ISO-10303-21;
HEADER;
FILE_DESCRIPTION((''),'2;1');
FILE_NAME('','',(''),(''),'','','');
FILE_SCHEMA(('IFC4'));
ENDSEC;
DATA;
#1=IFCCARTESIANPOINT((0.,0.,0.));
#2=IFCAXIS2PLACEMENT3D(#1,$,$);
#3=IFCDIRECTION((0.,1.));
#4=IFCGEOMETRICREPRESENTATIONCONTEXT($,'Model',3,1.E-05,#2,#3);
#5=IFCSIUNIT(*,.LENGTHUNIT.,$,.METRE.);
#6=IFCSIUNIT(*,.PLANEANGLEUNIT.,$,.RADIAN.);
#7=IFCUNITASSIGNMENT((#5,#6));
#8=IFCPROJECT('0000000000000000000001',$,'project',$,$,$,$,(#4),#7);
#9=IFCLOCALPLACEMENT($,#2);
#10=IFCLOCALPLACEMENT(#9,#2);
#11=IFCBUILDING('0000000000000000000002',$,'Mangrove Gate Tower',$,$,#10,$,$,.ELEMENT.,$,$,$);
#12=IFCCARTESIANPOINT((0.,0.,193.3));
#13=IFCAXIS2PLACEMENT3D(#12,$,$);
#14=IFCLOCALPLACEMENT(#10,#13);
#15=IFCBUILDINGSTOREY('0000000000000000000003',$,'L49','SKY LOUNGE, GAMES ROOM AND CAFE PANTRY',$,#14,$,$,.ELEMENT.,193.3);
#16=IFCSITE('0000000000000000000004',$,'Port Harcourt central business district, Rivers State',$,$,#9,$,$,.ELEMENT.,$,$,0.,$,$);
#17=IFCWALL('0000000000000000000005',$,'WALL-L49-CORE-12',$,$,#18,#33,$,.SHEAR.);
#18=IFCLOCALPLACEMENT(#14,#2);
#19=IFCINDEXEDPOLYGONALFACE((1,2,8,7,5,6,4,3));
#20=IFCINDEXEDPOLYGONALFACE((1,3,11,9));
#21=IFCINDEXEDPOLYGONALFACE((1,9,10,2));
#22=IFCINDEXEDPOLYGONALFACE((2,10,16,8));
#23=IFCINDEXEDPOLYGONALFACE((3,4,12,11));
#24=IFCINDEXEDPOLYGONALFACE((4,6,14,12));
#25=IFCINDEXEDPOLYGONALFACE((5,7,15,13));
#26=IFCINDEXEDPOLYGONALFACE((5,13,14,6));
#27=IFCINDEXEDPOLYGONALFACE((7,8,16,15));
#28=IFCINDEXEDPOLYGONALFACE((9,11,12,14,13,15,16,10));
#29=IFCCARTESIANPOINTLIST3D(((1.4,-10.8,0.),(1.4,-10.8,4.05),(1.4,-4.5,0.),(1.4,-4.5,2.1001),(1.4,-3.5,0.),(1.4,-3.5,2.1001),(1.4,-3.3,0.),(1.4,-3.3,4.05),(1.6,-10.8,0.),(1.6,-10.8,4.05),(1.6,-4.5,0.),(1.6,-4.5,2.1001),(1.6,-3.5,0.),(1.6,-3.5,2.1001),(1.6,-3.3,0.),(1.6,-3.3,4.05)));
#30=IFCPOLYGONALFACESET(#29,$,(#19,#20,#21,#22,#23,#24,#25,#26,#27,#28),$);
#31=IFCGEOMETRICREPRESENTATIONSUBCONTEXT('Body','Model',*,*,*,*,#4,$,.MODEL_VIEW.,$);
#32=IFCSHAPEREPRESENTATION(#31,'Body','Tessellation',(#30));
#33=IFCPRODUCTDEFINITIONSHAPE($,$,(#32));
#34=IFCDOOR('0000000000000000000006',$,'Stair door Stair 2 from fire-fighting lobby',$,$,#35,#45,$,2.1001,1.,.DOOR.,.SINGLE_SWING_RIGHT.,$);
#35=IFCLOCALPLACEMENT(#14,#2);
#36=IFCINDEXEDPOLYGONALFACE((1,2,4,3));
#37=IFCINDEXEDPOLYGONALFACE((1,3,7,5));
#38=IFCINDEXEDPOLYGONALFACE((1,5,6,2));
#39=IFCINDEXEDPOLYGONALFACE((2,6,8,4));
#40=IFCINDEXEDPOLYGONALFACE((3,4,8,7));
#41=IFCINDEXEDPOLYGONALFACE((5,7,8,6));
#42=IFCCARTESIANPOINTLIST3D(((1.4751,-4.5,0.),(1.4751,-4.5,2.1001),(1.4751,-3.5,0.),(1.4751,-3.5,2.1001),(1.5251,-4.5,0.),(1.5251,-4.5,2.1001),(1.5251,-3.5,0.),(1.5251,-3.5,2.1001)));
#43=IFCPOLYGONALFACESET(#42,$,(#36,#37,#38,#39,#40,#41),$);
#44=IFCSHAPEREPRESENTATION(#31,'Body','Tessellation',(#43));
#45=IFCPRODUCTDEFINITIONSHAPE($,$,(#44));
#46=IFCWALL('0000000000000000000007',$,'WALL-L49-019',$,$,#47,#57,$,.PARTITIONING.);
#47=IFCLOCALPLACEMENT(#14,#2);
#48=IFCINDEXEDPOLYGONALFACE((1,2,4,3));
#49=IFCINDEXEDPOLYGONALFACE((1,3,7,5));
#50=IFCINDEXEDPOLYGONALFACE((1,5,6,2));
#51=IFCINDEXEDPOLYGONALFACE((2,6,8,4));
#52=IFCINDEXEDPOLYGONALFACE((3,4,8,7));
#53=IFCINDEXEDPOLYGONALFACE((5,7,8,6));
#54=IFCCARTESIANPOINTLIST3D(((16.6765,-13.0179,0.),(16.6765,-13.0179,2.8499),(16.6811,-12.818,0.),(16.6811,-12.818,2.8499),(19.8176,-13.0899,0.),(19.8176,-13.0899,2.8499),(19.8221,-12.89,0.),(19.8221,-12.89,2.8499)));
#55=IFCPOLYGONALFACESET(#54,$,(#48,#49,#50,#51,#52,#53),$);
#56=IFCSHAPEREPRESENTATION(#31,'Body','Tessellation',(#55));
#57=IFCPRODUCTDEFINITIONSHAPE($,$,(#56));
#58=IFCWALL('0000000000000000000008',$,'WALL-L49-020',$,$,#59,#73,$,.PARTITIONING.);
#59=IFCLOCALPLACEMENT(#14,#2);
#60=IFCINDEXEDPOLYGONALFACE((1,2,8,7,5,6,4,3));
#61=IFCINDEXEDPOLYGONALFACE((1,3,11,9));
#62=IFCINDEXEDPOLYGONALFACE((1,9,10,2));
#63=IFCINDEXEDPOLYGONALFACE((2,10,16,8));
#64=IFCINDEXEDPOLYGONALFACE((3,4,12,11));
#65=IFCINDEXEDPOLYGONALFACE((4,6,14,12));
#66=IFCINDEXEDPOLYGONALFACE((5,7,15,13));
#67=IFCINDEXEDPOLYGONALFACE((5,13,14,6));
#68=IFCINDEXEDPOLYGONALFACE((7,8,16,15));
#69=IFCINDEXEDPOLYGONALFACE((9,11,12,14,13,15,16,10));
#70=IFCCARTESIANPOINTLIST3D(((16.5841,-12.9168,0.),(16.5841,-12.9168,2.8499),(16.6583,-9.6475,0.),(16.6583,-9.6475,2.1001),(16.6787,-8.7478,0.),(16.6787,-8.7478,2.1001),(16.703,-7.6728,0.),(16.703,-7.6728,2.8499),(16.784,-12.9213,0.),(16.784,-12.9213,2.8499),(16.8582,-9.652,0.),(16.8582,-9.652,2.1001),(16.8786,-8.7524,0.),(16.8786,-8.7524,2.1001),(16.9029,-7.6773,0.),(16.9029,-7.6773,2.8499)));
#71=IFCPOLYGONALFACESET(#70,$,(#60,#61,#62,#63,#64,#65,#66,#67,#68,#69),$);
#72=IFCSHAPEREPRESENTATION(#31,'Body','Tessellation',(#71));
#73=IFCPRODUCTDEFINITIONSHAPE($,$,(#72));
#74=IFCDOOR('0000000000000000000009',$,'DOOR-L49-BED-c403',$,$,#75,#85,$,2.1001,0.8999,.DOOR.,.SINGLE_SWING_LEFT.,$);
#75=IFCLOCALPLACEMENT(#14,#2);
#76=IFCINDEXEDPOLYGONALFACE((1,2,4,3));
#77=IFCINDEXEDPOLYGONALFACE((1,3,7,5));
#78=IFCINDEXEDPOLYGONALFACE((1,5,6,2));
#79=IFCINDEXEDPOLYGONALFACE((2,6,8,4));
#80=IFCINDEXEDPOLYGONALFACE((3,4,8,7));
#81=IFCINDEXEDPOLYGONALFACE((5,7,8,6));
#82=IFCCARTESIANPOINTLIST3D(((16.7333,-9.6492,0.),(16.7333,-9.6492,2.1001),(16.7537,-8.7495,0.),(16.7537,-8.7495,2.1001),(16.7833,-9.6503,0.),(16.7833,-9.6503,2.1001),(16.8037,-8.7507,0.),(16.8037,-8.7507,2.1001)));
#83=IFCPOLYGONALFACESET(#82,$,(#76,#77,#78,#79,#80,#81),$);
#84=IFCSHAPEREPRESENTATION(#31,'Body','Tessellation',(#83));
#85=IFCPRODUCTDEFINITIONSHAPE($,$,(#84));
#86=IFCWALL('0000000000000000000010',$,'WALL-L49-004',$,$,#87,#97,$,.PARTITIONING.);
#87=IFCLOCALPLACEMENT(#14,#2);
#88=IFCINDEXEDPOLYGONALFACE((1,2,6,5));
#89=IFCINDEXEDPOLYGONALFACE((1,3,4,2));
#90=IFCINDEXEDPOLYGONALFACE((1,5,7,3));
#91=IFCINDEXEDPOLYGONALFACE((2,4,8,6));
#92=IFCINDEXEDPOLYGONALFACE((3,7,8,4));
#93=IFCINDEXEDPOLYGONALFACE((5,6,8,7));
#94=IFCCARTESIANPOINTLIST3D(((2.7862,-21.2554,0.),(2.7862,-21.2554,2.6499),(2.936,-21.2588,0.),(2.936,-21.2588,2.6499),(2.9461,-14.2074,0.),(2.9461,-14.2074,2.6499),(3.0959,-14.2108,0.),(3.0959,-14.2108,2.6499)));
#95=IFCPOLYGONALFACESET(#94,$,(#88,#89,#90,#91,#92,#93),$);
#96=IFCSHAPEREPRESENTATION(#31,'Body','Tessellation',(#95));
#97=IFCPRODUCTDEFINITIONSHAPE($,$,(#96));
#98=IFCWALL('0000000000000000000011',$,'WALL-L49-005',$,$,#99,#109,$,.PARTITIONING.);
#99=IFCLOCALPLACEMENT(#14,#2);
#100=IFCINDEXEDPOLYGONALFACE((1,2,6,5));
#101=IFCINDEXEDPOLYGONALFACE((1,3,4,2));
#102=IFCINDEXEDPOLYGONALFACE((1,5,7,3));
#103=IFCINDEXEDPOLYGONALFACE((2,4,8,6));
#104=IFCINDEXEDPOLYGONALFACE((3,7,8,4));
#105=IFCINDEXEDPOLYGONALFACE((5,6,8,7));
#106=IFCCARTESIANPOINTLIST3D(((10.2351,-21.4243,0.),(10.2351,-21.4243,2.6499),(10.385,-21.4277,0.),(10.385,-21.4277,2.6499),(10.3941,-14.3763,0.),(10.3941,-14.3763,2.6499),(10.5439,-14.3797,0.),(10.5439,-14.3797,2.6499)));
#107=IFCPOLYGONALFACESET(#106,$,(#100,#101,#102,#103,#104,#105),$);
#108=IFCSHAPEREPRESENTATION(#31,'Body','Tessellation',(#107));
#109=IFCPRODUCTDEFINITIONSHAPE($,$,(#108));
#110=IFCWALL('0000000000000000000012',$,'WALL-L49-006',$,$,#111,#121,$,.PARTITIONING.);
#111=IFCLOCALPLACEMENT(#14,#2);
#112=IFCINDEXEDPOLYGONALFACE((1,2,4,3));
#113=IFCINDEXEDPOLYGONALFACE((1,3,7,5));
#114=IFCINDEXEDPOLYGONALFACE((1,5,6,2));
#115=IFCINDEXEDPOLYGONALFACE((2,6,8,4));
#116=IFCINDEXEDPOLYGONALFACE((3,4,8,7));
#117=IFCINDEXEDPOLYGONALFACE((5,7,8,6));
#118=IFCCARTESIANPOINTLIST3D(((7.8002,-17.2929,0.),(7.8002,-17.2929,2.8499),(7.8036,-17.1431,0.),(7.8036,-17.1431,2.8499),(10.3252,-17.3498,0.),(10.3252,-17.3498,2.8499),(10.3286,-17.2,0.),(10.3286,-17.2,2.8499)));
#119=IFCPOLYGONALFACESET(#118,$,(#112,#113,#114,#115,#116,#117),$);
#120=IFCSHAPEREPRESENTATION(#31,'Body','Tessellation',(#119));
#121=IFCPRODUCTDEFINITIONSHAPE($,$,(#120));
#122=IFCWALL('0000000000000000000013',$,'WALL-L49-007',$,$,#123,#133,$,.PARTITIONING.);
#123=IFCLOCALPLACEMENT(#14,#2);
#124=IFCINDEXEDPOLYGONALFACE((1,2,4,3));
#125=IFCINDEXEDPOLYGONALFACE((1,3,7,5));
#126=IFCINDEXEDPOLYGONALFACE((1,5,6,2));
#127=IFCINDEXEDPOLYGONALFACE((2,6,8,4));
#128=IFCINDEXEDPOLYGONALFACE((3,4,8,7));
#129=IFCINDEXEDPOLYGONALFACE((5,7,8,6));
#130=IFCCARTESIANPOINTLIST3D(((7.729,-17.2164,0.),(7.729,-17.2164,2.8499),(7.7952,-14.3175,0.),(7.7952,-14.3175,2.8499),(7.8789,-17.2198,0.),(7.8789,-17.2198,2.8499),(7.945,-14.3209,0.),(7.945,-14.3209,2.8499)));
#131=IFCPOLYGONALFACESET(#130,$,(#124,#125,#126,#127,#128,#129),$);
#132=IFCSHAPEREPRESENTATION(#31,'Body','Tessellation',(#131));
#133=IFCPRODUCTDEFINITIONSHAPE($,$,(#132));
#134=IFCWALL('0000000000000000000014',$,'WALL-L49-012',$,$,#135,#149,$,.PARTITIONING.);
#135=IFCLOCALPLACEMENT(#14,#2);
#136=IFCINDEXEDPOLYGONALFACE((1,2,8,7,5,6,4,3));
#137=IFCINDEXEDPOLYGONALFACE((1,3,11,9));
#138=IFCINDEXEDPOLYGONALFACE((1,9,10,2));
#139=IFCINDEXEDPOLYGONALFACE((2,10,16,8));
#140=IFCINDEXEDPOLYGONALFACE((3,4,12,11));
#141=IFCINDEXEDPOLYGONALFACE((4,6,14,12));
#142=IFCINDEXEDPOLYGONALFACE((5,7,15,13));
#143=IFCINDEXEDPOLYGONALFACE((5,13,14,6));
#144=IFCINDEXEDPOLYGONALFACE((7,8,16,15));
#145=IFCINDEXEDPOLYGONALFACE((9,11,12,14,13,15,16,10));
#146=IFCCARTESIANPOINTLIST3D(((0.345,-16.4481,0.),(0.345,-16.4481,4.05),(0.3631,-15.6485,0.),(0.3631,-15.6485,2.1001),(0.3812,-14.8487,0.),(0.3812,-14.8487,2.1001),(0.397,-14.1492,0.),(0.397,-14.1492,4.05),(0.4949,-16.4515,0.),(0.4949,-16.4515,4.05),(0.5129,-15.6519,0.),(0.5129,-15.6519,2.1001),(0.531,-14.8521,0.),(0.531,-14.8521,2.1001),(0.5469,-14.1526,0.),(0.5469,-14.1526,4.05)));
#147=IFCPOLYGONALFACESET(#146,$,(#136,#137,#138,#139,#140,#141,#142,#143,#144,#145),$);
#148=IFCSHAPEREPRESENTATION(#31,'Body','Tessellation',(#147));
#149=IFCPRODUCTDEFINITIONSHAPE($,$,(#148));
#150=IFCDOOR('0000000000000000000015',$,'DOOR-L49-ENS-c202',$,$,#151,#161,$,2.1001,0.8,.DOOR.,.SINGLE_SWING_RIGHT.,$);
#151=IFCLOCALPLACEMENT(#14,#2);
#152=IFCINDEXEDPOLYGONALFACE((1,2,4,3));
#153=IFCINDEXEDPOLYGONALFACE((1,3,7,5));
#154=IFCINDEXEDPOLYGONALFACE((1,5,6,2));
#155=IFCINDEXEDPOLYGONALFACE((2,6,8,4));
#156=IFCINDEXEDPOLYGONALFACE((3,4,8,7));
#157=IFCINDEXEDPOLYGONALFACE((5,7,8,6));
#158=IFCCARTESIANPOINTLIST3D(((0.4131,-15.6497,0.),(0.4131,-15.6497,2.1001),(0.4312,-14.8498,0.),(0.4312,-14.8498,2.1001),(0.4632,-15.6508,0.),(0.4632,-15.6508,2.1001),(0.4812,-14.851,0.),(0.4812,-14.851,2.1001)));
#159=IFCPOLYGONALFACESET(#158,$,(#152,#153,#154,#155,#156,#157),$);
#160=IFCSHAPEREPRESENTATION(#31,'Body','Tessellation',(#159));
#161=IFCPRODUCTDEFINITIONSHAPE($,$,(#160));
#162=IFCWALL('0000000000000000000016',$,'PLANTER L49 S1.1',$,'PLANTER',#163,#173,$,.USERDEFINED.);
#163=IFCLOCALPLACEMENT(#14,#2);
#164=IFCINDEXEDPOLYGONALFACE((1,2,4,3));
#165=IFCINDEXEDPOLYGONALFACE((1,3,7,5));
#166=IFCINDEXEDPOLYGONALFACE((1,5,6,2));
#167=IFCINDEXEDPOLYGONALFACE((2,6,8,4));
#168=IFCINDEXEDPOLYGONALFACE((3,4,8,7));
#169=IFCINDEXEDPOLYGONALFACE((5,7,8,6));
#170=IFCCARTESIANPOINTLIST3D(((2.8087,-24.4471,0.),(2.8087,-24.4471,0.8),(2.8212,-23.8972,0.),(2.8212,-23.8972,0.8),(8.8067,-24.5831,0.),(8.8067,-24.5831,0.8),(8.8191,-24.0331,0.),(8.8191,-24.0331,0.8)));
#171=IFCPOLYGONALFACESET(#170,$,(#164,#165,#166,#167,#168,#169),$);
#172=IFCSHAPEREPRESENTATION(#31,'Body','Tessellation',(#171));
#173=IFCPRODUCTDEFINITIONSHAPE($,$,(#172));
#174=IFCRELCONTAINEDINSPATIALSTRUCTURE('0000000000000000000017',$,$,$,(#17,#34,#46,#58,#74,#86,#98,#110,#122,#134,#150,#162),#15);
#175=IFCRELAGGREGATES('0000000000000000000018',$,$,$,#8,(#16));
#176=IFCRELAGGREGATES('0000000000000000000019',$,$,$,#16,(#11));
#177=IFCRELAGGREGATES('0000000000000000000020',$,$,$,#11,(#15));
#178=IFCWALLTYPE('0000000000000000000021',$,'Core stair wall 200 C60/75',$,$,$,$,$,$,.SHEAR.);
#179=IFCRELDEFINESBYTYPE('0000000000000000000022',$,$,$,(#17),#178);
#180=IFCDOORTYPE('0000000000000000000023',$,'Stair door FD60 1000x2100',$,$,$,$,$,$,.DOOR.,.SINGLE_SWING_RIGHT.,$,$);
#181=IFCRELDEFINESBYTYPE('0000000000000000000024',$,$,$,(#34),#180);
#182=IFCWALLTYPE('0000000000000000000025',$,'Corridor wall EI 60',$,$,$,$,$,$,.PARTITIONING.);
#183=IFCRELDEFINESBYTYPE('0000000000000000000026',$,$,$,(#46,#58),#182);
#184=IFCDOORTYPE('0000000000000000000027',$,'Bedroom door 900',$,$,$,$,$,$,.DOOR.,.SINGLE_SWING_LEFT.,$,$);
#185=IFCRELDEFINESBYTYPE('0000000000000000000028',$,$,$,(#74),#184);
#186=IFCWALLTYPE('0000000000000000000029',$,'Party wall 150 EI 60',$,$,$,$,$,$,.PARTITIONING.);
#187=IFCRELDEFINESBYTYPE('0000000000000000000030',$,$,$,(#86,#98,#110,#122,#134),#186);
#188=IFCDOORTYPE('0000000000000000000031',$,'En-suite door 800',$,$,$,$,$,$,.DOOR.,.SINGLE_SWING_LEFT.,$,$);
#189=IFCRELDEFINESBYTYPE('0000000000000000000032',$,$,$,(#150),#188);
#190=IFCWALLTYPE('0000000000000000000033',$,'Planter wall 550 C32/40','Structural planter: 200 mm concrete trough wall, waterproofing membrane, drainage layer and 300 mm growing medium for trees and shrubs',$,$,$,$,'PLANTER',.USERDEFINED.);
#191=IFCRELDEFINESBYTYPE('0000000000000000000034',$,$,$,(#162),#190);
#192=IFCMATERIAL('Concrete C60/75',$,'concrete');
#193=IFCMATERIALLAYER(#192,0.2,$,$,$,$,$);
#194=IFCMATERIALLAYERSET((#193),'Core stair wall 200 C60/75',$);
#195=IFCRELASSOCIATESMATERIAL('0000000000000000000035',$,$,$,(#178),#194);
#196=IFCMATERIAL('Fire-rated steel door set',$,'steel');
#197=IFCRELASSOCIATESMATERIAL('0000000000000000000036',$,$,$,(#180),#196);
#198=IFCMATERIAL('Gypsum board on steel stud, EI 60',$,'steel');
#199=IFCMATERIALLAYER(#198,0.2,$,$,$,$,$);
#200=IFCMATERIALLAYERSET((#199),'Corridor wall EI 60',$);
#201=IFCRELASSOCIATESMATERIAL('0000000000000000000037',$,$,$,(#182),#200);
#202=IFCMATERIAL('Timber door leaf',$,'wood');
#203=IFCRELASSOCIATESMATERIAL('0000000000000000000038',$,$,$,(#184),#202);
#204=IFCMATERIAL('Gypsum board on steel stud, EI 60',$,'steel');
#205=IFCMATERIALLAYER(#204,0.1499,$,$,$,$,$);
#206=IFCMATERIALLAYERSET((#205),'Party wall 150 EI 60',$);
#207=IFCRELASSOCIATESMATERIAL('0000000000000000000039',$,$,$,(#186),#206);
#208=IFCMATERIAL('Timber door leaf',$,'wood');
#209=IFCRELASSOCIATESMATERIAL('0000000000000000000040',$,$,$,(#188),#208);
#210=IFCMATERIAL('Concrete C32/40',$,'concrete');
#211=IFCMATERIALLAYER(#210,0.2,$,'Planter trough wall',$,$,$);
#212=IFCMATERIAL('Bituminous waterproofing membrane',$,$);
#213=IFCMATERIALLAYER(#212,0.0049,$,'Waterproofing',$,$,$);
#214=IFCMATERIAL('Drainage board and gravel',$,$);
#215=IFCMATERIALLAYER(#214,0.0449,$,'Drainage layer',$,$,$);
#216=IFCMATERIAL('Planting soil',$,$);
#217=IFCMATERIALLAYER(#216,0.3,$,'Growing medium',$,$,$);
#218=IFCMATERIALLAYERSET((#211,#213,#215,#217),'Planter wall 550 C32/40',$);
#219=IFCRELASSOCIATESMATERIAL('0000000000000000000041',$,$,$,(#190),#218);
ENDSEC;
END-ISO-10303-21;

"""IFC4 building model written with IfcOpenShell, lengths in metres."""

from ifc_helpers import new_model, si_unit, direction, frame, frame_2d, origin, place, context, subcontext, project, spatial, rectangle, extrude, material, layer, layer_set, type_object, element, fill, save


model = new_model("IFC4")

# Units and contexts
model_context = context("Model", 3, precision=1e-05, world=origin(), true_north=direction((0.0, 1.0)))
body_context = subcontext(model_context, "Body", "Model", "MODEL_VIEW")
ifc_project = project(units=[si_unit("LENGTHUNIT", "METRE"), si_unit("PLANEANGLEUNIT", "RADIAN")], contexts=[model_context])

# Site, building, storey
site_placement = place(None, origin())
site = spatial("IfcSite", under=ifc_project, at=site_placement, Name="Port Harcourt central business district, Rivers State", CompositionType="ELEMENT", RefElevation=0.0)
building_placement = place(site_placement, origin())
building = spatial("IfcBuilding", under=site, at=building_placement, Name="Mangrove Gate Tower", CompositionType="ELEMENT")
storey_placement = place(building_placement, frame((0.0, 0.0, 193.3)))
storey = spatial("IfcBuildingStorey", under=building, at=storey_placement, Name="L49", Description="SKY LOUNGE, GAMES ROOM AND CAFE PANTRY", CompositionType="ELEMENT", Elevation=193.3)

# Wall, opening, door
ifc_material_1 = material(Name="Concrete C60/75", Category="concrete")
ifc_layer_1 = layer(ifc_material_1, 0.2)
ifc_layer_set_1 = layer_set([ifc_layer_1], Name="Core stair wall 200 C60/75")
wall_type_1 = type_object("IfcWallType", Name="Core stair wall 200 C60/75", PredefinedType="SHEAR", material=ifc_layer_set_1)
wall_1_placement = place(storey_placement, frame((1.5, -10.8, 0.0), z_axis=(0.0, 0.0, 1.0), x_axis=(0.0, 1.0, 0.0)))
wall_1 = element("IfcWall", 1, at=wall_1_placement, inside=storey, type_object=wall_type_1, Name="WALL-L49-CORE-12", PredefinedType="SHEAR", context=body_context, shape_type="SweptSolid", body=[
    extrude(rectangle(XDim=7.5, YDim=0.2, at=frame_2d((3.75, 0.0))), origin(), (0.0, 0.0, 1.0), 4.05),
])
opening_1_placement = place(wall_1_placement, frame((6.3, 0.0, 0.0)))
opening_1 = element("IfcOpeningElement", 2, at=opening_1_placement, cuts=wall_1, PredefinedType="OPENING", context=body_context, shape_type="SweptSolid", body=[
    extrude(rectangle(XDim=1.0, YDim=2.1001, at=frame_2d((0.5, 1.05))), frame((0.0, 0.1099, 0.0), z_axis=(0.0, -1.0, 0.0), x_axis=(1.0, 0.0, 0.0)), (0.0, 0.0, 1.0), 0.22),
])
ifc_material_2 = material(Name="Fire-rated steel door set", Category="steel")
door_type_1 = type_object("IfcDoorType", Name="Stair door FD60 1000x2100", OperationType="SINGLE_SWING_RIGHT", PredefinedType="DOOR", material=ifc_material_2)
door_1_placement = place(opening_1_placement, origin())
door_1 = element("IfcDoor", 3, at=door_1_placement, inside=storey, type_object=door_type_1, Name="Stair door Stair 2 from fire-fighting lobby", OperationType="SINGLE_SWING_RIGHT", OverallHeight=2.1001, OverallWidth=1.0, PredefinedType="DOOR", context=body_context, shape_type="SweptSolid", body=[
    extrude(rectangle(XDim=1.0, YDim=2.1001, at=frame_2d((0.5, 1.05))), frame((0.0, 0.0249, 0.0), z_axis=(0.0, -1.0, 0.0), x_axis=(1.0, 0.0, 0.0)), (0.0, 0.0, 1.0), 0.05),
])
fill(opening_1, door_1)

# Wall
ifc_material_3 = material(Name="Gypsum board on steel stud, EI 60", Category="steel")
ifc_layer_2 = layer(ifc_material_3, 0.2)
ifc_layer_set_2 = layer_set([ifc_layer_2], Name="Corridor wall EI 60")
wall_type_2 = type_object("IfcWallType", Name="Corridor wall EI 60", PredefinedType="PARTITIONING", material=ifc_layer_set_2)
wall_2_placement = place(storey_placement, frame((16.679, -12.918, 0.0), z_axis=(0.0, 0.0, 1.0), x_axis=(0.999737, -0.022923, 0.0)))
element("IfcWall", 4, at=wall_2_placement, inside=storey, type_object=wall_type_2, Name="WALL-L49-019", PredefinedType="PARTITIONING", context=body_context, shape_type="SweptSolid", body=[
    extrude(rectangle(XDim=3.1418, YDim=0.2, at=frame_2d((1.5708, 0.0))), origin(), (0.0, 0.0, 1.0), 2.8499),
])

# Wall, opening, door
wall_3_placement = place(storey_placement, frame((16.6841, -12.9189, 0.0), z_axis=(0.0, 0.0, 1.0), x_axis=(0.022667, 0.999743, 0.0)))
wall_3 = element("IfcWall", 5, at=wall_3_placement, inside=storey, type_object=wall_type_2, Name="WALL-L49-020", PredefinedType="PARTITIONING", context=body_context, shape_type="SweptSolid", body=[
    extrude(rectangle(XDim=5.2454, YDim=0.2, at=frame_2d((2.6226, 0.0))), origin(), (0.0, 0.0, 1.0), 2.8499),
])
opening_2_placement = place(wall_3_placement, frame((3.27, 0.0, 0.0)))
opening_2 = element("IfcOpeningElement", 6, at=opening_2_placement, cuts=wall_3, PredefinedType="OPENING", context=body_context, shape_type="SweptSolid", body=[
    extrude(rectangle(XDim=0.8999, YDim=2.1001, at=frame_2d((0.45, 1.05))), frame((0.0, 0.1099, 0.0), z_axis=(0.0, -1.0, 0.0), x_axis=(1.0, 0.0, 0.0)), (0.0, 0.0, 1.0), 0.22),
])
ifc_material_4 = material(Name="Timber door leaf", Category="wood")
door_type_2 = type_object("IfcDoorType", Name="Bedroom door 900", OperationType="SINGLE_SWING_LEFT", PredefinedType="DOOR", material=ifc_material_4)
door_2_placement = place(opening_2_placement, origin())
door_2 = element("IfcDoor", 7, at=door_2_placement, inside=storey, type_object=door_type_2, Name="DOOR-L49-BED-c403", OperationType="SINGLE_SWING_LEFT", OverallHeight=2.1001, OverallWidth=0.8999, PredefinedType="DOOR", context=body_context, shape_type="SweptSolid", body=[
    extrude(rectangle(XDim=0.8999, YDim=2.1001, at=frame_2d((0.45, 1.05))), frame((0.0, 0.0249, 0.0), z_axis=(0.0, -1.0, 0.0), x_axis=(1.0, 0.0, 0.0)), (0.0, 0.0, 1.0), 0.05),
])
fill(opening_2, door_2)

# Walls
ifc_material_5 = material(Name="Gypsum board on steel stud, EI 60", Category="steel")
ifc_layer_3 = layer(ifc_material_5, 0.1499)
ifc_layer_set_3 = layer_set([ifc_layer_3], Name="Party wall 150 EI 60")
wall_type_3 = type_object("IfcWallType", Name="Party wall 150 EI 60", PredefinedType="PARTITIONING", material=ifc_layer_set_3)
for number, where, z_axis, x_axis, name in (
    (8, (2.8611, -21.2571, 0.0), (0.0, 0.0, 1.0), (0.022683, 0.999743, 0.0), "WALL-L49-004"),
    (9, (10.3101, -21.426, 0.0), (0.0, 0.0, 1.0), (0.022544, 0.999746, 0.0), "WALL-L49-005"),
):
    element("IfcWall", number, at=place(storey_placement, frame(where, z_axis=z_axis, x_axis=x_axis)), inside=storey, type_object=wall_type_3, Name=name, PredefinedType="PARTITIONING", context=body_context, shape_type="SweptSolid", body=[
        extrude(rectangle(XDim=7.0498, YDim=0.1499, at=frame_2d((3.5249, 0.0))), origin(), (0.0, 0.0, 1.0), 2.6499),
    ])
wall_4_placement = place(storey_placement, frame((7.802, -17.218, 0.0), z_axis=(0.0, 0.0, 1.0), x_axis=(0.999746, -0.022524, 0.0)))
element("IfcWall", 10, at=wall_4_placement, inside=storey, type_object=wall_type_3, Name="WALL-L49-006", PredefinedType="PARTITIONING", context=body_context, shape_type="SweptSolid", body=[
    extrude(rectangle(XDim=2.5256, YDim=0.1499, at=frame_2d((1.2627, 0.0))), origin(), (0.0, 0.0, 1.0), 2.8499),
])
wall_5_placement = place(storey_placement, frame((7.804, -17.218, 0.0), z_axis=(0.0, 0.0, 1.0), x_axis=(0.022817, 0.99974, 0.0)))
element("IfcWall", 11, at=wall_5_placement, inside=storey, type_object=wall_type_3, Name="WALL-L49-007", PredefinedType="PARTITIONING", context=body_context, shape_type="SweptSolid", body=[
    extrude(rectangle(XDim=2.8997, YDim=0.1499, at=frame_2d((1.4497, 0.0))), origin(), (0.0, 0.0, 1.0), 2.8499),
])

# Wall, opening, door
wall_6_placement = place(storey_placement, frame((0.4199, -16.45, 0.0), z_axis=(0.0, 0.0, 1.0), x_axis=(0.022613, 0.999744, 0.0)))
wall_6 = element("IfcWall", 12, at=wall_6_placement, inside=storey, type_object=wall_type_3, Name="WALL-L49-012", PredefinedType="PARTITIONING", context=body_context, shape_type="SweptSolid", body=[
    extrude(rectangle(XDim=2.2996, YDim=0.1499, at=frame_2d((1.1499, 0.0))), origin(), (0.0, 0.0, 1.0), 4.05),
])
opening_3_placement = place(wall_6_placement, frame((0.8, 0.0, 0.0)))
opening_3 = element("IfcOpeningElement", 13, at=opening_3_placement, cuts=wall_6, PredefinedType="OPENING", context=body_context, shape_type="SweptSolid", body=[
    extrude(rectangle(XDim=0.8, YDim=2.1001, at=frame_2d((0.3999, 1.05))), frame((0.0, 0.085, 0.0), z_axis=(0.0, -1.0, 0.0), x_axis=(1.0, 0.0, 0.0)), (0.0, 0.0, 1.0), 0.1699),
])
ifc_material_6 = material(Name="Timber door leaf", Category="wood")
door_type_3 = type_object("IfcDoorType", Name="En-suite door 800", OperationType="SINGLE_SWING_LEFT", PredefinedType="DOOR", material=ifc_material_6)
door_3_placement = place(opening_3_placement, origin())
door_3 = element("IfcDoor", 14, at=door_3_placement, inside=storey, type_object=door_type_3, Name="DOOR-L49-ENS-c202", OperationType="SINGLE_SWING_RIGHT", OverallHeight=2.1001, OverallWidth=0.8, PredefinedType="DOOR", context=body_context, shape_type="SweptSolid", body=[
    extrude(rectangle(XDim=0.8, YDim=2.1001, at=frame_2d((0.3999, 1.05))), frame((0.0, 0.0249, 0.0), z_axis=(0.0, -1.0, 0.0), x_axis=(1.0, 0.0, 0.0)), (0.0, 0.0, 1.0), 0.05),
])
fill(opening_3, door_3)

# Wall
ifc_material_7 = material(Name="Concrete C32/40", Category="concrete")
ifc_layer_4 = layer(ifc_material_7, 0.2, Name="Planter trough wall")
ifc_material_8 = material(Name="Bituminous waterproofing membrane")
ifc_layer_5 = layer(ifc_material_8, 0.0049, Name="Waterproofing")
ifc_material_9 = material(Name="Drainage board and gravel")
ifc_layer_6 = layer(ifc_material_9, 0.0449, Name="Drainage layer")
ifc_material_10 = material(Name="Planting soil")
ifc_layer_7 = layer(ifc_material_10, 0.3, Name="Growing medium")
ifc_layer_set_4 = layer_set([ifc_layer_4, ifc_layer_5, ifc_layer_6, ifc_layer_7], Name="Planter wall 550 C32/40")
wall_type_4 = type_object("IfcWallType", Name="Planter wall 550 C32/40", Description="Structural planter: 200 mm concrete trough wall, waterproofing membrane, drainage layer and 300 mm growing medium for trees and shrubs", ElementType="PLANTER", PredefinedType="USERDEFINED", material=ifc_layer_set_4)
wall_7_placement = place(storey_placement, frame((2.8149, -24.1721, 0.0), z_axis=(0.0, 0.0, 1.0), x_axis=(0.999743, -0.022666, 0.0)))
element("IfcWall", 15, at=wall_7_placement, inside=storey, type_object=wall_type_4, Name="PLANTER L49 S1.1", ObjectType="PLANTER", PredefinedType="USERDEFINED", context=body_context, shape_type="SweptSolid", body=[
    extrude(rectangle(XDim=5.9995, YDim=0.55, at=frame_2d((2.9998, 0.0))), origin(), (0.0, 0.0, 1.0), 0.8),
])

save(model, "model.ifc")
